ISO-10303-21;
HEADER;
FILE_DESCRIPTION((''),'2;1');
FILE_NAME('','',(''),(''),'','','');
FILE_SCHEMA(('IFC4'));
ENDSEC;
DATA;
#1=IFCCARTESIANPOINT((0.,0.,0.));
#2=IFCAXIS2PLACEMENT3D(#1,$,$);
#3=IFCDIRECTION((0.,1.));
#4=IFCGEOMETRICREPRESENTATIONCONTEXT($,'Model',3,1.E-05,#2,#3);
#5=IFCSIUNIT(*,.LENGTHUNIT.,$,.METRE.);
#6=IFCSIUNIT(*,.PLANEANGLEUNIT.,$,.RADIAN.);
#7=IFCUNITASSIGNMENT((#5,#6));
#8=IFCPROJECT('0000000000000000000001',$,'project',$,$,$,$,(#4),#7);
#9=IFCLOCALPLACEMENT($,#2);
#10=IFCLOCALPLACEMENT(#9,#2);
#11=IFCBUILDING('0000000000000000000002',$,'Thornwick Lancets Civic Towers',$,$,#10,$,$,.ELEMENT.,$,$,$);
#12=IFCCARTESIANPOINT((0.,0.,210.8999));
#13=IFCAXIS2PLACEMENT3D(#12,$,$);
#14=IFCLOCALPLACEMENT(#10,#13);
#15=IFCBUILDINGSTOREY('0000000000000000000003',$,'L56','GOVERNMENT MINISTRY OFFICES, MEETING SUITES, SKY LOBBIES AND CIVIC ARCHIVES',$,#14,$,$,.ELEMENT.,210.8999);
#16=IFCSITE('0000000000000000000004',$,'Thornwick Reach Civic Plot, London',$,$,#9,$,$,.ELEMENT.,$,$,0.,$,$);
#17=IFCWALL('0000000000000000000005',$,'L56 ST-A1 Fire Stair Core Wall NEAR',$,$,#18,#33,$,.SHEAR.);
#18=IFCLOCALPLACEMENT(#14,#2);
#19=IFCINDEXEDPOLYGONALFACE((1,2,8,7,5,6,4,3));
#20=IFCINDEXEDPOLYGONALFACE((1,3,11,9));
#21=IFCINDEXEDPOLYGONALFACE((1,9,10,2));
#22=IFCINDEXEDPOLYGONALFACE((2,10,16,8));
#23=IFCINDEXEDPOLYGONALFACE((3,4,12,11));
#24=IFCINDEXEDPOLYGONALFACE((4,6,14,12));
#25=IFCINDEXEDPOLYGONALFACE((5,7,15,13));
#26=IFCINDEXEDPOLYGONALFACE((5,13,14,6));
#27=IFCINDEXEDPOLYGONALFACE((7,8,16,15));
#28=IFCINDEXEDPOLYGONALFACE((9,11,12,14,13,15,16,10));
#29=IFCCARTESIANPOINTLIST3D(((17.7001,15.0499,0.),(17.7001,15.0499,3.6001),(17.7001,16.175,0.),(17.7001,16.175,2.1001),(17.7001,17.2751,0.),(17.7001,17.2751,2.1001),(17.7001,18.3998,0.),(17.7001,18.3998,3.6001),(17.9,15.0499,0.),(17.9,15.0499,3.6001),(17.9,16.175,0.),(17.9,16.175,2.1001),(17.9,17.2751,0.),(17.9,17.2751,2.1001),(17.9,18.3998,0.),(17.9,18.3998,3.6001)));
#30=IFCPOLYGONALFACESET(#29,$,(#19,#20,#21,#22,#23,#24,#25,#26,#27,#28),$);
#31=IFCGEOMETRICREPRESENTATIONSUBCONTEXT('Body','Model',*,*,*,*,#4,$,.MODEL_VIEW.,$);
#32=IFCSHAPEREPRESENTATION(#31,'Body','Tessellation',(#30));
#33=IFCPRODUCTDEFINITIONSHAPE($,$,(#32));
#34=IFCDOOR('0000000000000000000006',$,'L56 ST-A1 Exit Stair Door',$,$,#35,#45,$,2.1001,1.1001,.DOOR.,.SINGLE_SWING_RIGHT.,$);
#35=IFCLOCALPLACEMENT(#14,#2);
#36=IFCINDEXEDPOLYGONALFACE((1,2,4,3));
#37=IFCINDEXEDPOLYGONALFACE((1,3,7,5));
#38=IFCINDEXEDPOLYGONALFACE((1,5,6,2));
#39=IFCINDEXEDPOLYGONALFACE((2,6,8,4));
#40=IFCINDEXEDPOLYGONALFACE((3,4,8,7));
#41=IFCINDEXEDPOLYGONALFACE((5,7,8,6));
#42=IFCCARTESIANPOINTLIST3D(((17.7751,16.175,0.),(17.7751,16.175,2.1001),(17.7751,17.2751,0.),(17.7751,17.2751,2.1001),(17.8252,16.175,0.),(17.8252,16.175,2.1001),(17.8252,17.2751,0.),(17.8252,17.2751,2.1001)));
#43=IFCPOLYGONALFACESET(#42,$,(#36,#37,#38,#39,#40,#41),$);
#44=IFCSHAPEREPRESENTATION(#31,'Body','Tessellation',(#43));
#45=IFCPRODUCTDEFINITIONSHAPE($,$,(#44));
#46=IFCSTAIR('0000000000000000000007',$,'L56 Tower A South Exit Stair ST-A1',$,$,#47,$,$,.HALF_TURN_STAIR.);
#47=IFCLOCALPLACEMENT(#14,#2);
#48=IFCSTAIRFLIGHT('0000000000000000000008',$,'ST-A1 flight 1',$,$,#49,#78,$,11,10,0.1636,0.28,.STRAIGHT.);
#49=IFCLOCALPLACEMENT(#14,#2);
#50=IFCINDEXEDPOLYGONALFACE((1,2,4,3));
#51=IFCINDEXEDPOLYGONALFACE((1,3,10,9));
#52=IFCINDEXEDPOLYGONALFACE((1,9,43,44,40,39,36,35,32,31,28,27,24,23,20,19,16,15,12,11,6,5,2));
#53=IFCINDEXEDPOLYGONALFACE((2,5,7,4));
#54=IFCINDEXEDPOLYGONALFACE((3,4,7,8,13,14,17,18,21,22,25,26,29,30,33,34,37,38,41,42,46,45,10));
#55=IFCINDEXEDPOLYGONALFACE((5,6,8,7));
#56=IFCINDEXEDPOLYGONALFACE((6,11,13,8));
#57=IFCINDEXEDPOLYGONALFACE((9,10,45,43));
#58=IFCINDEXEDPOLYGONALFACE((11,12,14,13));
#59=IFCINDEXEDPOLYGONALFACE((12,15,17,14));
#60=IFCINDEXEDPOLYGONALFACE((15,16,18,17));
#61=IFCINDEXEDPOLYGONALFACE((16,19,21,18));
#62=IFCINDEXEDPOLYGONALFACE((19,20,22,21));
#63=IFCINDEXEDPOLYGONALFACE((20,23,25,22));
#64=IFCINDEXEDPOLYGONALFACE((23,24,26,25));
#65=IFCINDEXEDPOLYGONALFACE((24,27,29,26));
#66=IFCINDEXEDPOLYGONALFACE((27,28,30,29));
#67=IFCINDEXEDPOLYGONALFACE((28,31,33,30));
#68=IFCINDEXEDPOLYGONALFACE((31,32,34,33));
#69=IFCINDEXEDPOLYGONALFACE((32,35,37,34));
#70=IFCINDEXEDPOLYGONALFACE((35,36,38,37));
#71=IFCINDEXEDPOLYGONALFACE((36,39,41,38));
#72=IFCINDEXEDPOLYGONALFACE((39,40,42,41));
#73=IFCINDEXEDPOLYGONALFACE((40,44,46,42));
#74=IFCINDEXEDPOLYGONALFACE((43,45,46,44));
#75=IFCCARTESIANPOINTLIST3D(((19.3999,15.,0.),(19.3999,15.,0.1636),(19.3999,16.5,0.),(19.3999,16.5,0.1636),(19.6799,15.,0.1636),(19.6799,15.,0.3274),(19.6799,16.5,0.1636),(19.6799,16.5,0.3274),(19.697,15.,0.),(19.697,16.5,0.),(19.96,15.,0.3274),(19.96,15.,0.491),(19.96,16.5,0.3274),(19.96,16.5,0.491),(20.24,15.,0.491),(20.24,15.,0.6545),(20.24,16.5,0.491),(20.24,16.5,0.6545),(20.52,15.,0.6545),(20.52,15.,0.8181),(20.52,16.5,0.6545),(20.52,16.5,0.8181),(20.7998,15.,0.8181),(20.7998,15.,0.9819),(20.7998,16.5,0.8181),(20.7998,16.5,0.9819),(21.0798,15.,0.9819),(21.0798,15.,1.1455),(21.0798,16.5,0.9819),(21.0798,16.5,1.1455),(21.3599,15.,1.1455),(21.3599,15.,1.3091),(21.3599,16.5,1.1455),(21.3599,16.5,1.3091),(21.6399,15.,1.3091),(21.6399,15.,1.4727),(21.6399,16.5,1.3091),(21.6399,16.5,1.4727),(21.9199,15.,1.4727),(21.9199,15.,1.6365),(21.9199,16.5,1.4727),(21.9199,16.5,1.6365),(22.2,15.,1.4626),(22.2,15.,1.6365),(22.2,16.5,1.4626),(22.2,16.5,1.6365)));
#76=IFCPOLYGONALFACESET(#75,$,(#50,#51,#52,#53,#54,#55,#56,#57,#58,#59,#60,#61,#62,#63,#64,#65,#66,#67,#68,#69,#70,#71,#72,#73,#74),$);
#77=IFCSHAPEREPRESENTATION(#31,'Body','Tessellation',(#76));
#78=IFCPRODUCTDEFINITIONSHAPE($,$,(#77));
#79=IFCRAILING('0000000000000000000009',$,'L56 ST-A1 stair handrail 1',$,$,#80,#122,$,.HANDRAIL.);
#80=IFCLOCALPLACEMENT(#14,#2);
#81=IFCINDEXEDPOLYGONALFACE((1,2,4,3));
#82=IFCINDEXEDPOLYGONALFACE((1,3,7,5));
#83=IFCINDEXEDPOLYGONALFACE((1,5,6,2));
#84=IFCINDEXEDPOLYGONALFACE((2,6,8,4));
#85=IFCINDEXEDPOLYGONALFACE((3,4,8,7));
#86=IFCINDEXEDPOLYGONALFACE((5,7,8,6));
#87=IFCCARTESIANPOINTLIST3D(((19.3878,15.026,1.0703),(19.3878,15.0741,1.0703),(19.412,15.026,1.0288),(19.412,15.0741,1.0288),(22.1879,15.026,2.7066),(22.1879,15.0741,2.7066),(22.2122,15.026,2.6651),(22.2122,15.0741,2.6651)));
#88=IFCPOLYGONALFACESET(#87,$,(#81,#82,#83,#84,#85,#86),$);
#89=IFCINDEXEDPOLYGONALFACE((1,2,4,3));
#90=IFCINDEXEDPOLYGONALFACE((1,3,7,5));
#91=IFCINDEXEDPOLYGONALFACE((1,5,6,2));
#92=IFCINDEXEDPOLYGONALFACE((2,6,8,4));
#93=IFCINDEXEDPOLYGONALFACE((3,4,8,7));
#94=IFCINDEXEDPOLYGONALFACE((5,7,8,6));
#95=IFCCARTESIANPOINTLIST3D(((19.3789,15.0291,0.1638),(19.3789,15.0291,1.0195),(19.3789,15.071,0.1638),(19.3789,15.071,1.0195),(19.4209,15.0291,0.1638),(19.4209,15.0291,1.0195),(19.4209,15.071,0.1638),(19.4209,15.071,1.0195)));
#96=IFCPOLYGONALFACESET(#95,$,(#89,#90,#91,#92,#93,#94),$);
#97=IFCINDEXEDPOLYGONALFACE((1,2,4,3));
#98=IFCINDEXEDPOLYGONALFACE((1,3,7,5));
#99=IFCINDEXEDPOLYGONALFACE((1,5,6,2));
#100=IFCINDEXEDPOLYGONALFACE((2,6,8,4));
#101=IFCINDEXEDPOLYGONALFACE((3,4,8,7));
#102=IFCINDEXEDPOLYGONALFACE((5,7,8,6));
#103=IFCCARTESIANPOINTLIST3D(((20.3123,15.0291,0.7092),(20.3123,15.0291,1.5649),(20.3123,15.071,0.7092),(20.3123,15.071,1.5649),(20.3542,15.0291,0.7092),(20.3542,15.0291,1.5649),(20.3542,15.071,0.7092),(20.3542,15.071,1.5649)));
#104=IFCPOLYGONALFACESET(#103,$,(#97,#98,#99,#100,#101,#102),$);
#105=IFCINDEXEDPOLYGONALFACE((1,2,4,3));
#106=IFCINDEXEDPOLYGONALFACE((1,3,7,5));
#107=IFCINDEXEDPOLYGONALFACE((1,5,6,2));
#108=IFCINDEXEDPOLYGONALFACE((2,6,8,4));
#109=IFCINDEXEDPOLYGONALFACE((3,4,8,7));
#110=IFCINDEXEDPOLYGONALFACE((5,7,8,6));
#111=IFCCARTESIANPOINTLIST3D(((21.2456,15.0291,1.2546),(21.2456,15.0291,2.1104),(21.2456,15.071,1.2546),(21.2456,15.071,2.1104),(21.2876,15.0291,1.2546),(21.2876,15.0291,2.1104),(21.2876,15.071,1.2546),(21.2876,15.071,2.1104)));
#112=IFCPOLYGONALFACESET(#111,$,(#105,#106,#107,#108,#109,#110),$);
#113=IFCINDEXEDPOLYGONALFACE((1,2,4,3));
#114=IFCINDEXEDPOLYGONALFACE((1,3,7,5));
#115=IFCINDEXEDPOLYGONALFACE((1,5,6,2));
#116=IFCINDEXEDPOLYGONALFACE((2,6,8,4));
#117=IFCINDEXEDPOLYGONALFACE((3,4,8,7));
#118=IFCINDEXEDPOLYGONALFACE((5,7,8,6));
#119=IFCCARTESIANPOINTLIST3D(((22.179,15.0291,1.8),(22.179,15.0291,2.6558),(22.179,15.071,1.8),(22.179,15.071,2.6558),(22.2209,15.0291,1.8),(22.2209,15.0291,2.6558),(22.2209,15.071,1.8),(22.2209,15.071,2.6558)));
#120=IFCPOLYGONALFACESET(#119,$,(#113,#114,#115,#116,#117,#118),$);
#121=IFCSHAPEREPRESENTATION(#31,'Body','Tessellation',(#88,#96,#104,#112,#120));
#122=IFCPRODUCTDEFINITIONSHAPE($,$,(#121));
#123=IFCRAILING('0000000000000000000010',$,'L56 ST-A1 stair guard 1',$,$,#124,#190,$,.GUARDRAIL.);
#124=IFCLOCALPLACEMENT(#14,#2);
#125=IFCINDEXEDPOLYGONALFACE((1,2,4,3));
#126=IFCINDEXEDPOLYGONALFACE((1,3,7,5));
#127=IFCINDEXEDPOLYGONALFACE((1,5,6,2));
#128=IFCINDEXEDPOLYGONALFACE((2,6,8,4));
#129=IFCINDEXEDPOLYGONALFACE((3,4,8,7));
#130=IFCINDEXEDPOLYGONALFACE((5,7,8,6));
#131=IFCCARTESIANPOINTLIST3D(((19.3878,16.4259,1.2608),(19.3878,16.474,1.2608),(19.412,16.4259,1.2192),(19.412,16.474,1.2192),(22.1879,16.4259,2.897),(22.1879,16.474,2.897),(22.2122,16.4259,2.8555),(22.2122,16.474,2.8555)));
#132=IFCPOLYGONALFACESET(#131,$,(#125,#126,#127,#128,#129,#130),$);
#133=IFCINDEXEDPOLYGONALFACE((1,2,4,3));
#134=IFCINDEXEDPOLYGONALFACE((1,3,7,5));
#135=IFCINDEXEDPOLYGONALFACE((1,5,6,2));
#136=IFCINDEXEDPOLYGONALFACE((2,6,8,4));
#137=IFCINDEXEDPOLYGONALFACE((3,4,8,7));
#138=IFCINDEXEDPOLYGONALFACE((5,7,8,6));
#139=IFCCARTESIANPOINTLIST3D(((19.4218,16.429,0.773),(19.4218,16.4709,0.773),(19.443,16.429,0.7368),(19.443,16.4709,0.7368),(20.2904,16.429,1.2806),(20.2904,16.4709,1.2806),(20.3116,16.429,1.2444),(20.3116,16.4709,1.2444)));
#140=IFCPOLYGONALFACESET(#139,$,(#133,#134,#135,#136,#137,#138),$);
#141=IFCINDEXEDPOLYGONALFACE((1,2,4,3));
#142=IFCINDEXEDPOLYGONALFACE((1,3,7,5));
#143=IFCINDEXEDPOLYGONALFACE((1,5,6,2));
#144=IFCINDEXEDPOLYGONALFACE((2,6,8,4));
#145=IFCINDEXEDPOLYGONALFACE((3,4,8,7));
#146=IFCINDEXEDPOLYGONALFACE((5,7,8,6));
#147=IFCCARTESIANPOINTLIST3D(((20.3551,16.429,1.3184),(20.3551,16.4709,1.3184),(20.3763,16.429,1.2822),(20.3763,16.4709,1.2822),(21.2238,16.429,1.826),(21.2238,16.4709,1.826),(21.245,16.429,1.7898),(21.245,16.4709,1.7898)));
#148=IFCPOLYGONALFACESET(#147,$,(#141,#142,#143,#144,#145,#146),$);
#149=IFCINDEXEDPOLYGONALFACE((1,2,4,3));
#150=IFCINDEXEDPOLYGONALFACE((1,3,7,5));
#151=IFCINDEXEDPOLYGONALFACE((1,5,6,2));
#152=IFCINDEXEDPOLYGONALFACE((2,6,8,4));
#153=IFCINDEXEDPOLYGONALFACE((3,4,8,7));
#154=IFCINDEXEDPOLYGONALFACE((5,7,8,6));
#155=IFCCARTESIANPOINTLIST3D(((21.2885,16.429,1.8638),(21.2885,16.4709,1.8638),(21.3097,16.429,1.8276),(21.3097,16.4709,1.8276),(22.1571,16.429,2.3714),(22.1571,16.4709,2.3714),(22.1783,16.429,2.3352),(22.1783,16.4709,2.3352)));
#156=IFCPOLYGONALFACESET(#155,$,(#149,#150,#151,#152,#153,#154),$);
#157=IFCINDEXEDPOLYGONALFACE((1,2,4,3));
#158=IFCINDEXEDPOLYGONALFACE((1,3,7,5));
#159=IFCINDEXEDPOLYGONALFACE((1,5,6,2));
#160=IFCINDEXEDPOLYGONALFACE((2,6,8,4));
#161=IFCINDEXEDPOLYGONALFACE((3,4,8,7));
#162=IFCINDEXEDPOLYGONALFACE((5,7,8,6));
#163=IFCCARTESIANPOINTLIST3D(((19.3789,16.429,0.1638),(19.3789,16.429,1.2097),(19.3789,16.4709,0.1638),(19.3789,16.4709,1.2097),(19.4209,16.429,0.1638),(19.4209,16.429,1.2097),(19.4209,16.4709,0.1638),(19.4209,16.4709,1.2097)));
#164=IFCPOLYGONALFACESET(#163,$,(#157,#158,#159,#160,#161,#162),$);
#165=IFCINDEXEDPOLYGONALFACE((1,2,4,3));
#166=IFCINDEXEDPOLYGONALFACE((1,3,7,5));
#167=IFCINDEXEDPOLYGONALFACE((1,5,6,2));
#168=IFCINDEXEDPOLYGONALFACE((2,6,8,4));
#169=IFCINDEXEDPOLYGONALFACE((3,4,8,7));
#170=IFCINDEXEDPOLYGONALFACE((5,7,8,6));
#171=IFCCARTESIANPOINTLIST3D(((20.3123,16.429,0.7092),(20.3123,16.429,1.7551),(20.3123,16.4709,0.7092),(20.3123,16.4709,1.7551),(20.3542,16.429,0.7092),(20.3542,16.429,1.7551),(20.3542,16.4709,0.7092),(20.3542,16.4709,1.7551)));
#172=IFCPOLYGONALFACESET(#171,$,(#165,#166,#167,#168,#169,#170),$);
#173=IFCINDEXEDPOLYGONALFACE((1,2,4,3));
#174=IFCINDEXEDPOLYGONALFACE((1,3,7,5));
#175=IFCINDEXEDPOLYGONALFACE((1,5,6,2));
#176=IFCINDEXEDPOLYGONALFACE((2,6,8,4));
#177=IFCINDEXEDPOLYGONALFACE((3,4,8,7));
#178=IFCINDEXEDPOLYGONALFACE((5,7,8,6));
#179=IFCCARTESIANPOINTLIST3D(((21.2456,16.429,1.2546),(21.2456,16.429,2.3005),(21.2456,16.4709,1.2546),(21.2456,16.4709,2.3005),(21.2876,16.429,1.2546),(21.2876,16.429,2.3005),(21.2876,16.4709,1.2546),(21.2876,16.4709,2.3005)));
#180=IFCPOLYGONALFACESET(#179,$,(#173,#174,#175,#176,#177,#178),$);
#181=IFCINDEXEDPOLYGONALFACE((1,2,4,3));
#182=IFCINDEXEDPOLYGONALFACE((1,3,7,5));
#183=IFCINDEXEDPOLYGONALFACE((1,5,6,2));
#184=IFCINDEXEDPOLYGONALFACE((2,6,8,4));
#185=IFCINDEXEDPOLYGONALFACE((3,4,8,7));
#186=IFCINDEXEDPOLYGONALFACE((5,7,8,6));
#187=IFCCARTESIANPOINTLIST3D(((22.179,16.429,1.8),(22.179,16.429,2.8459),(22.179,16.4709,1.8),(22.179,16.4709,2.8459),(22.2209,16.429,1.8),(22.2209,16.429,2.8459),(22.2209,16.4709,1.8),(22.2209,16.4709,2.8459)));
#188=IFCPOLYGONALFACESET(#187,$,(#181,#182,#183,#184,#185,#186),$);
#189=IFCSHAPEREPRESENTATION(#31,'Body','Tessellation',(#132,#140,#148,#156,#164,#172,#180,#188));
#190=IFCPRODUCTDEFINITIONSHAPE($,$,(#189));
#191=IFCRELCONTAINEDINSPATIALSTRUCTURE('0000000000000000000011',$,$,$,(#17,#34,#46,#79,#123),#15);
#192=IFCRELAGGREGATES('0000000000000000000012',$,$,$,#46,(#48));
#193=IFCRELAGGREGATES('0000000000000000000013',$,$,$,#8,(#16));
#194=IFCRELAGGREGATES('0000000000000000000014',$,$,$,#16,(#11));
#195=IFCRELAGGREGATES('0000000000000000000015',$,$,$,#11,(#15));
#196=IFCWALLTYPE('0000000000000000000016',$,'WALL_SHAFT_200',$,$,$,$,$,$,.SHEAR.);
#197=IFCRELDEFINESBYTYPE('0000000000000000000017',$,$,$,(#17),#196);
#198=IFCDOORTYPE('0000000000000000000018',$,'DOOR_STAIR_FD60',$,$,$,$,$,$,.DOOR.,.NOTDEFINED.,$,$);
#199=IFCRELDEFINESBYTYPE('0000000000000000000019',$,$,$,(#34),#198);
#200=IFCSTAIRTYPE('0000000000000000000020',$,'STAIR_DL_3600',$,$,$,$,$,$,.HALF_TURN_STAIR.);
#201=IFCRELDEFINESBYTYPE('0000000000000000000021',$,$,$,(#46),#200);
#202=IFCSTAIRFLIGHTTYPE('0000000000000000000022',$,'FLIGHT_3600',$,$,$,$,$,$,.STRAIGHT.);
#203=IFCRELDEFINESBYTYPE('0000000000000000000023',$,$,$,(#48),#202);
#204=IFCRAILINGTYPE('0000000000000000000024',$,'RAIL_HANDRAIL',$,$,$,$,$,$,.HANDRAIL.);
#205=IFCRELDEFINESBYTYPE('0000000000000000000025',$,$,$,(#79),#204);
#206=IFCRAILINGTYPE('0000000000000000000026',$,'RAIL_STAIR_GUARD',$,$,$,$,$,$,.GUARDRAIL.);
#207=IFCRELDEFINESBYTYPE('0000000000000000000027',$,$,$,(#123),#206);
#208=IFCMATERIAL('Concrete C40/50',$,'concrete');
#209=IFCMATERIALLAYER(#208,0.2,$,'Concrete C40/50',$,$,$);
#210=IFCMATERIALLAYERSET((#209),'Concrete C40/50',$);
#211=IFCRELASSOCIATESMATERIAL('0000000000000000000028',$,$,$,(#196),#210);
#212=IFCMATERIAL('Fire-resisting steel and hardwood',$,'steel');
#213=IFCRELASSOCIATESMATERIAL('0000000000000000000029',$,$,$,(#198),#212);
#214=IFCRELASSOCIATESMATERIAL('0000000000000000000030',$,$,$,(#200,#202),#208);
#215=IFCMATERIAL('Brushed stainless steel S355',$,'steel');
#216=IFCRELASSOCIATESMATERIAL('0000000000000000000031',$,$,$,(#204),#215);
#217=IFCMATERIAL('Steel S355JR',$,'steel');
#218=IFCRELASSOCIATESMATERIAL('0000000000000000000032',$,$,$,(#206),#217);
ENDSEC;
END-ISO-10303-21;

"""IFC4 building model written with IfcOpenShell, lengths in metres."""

from ifc_helpers import new_model, si_unit, direction, frame, frame_2d, origin, origin_2d, place, context, subcontext, project, spatial, polyline, rectangle, outline, extrude, material, layer, layer_set, type_object, element, fill, aggregate, save


model = new_model("IFC4")

# Units and contexts
model_context = context("Model", 3, precision=1e-05, world=origin(), true_north=direction((0.0, 1.0)))
body_context = subcontext(model_context, "Body", "Model", "MODEL_VIEW")
ifc_project = project(units=[si_unit("LENGTHUNIT", "METRE"), si_unit("PLANEANGLEUNIT", "RADIAN")], contexts=[model_context])

# Site, building, storey
site_placement = place(None, origin())
site = spatial("IfcSite", under=ifc_project, at=site_placement, Name="Thornwick Reach Civic Plot, London", CompositionType="ELEMENT", RefElevation=0.0)
building_placement = place(site_placement, origin())
building = spatial("IfcBuilding", under=site, at=building_placement, Name="Thornwick Lancets Civic Towers", CompositionType="ELEMENT")
storey_placement = place(building_placement, frame((0.0, 0.0, 210.8999)))
storey = spatial("IfcBuildingStorey", under=building, at=storey_placement, Name="L56", Description="GOVERNMENT MINISTRY OFFICES, MEETING SUITES, SKY LOBBIES AND CIVIC ARCHIVES", CompositionType="ELEMENT", Elevation=210.8999)

# Shared definitions
ifc_material_1 = material(Name="Steel S355JR", Category="steel")

# Wall, opening, door
ifc_material_2 = material(Name="Concrete C40/50", Category="concrete")
ifc_layer_1 = layer(ifc_material_2, 0.2, Name="Concrete C40/50")
ifc_layer_set_1 = layer_set([ifc_layer_1], Name="Concrete C40/50")
wall_type_1 = type_object("IfcWallType", Name="WALL_SHAFT_200", PredefinedType="SHEAR", material=ifc_layer_set_1)
wall_1_placement = place(storey_placement, frame((17.8, 15.05, 0.0), z_axis=(0.0, 0.0, 1.0), x_axis=(0.0, 1.0, 0.0)))
wall_1 = element("IfcWall", 1, at=wall_1_placement, inside=storey, type_object=wall_type_1, Name="L56 ST-A1 Fire Stair Core Wall NEAR", PredefinedType="SHEAR", context=body_context, shape_type="SweptSolid", body=[
    extrude(rectangle(XDim=3.3499, YDim=0.2, at=frame_2d((1.6748, 0.0))), origin(), (0.0, 0.0, 1.0), 3.6001),
])
opening_1_placement = place(wall_1_placement, frame((1.125, 0.0, 0.0)))
opening_1 = element("IfcOpeningElement", 2, at=opening_1_placement, cuts=wall_1, PredefinedType="OPENING", context=body_context, shape_type="SweptSolid", body=[
    extrude(rectangle(XDim=1.1001, YDim=2.1001, at=frame_2d((0.55, 1.05))), frame((0.0, 0.1099, 0.0), z_axis=(0.0, -1.0, 0.0), x_axis=(1.0, 0.0, 0.0)), (0.0, 0.0, 1.0), 0.22),
])
ifc_material_3 = material(Name="Fire-resisting steel and hardwood", Category="steel")
door_type_1 = type_object("IfcDoorType", Name="DOOR_STAIR_FD60", OperationType="NOTDEFINED", PredefinedType="DOOR", material=ifc_material_3)
door_1_placement = place(opening_1_placement, origin())
door_1 = element("IfcDoor", 3, at=door_1_placement, inside=storey, type_object=door_type_1, Name="L56 ST-A1 Exit Stair Door", OperationType="SINGLE_SWING_RIGHT", OverallHeight=2.1001, OverallWidth=1.1001, PredefinedType="DOOR", context=body_context, shape_type="SweptSolid", body=[
    extrude(rectangle(XDim=1.1001, YDim=2.1001, at=frame_2d((0.55, 1.05))), frame((0.0, 0.0249, 0.0), z_axis=(0.0, -1.0, 0.0), x_axis=(1.0, 0.0, 0.0)), (0.0, 0.0, 1.0), 0.05),
])
fill(opening_1, door_1)

# Stair, stair flight
stair_type = type_object("IfcStairType", Name="STAIR_DL_3600", PredefinedType="HALF_TURN_STAIR", material=ifc_material_2)
stair_placement = place(storey_placement, origin())
stair = element("IfcStair", 4, at=stair_placement, inside=storey, type_object=stair_type, Name="L56 Tower A South Exit Stair ST-A1", PredefinedType="HALF_TURN_STAIR")
stair_flight_type = type_object("IfcStairFlightType", Name="FLIGHT_3600", PredefinedType="STRAIGHT", material=ifc_material_2)
stair_flight_placement = place(storey_placement, frame((19.3999, 15.75, 0.0), z_axis=(0.0, 0.0, 1.0), x_axis=(1.0, 0.0, 0.0)))
stair_flight = element("IfcStairFlight", 5, at=stair_flight_placement, type_object=stair_flight_type, Name="ST-A1 flight 1", NumberOfRisers=11, NumberOfTreads=10, PredefinedType="STRAIGHT", RiserHeight=0.1636, TreadLength=0.28, context=body_context, shape_type="SweptSolid", body=[
    extrude(outline(polyline([(0.0, 0.0), (0.0, 0.1636), (0.28, 0.1636), (0.28, 0.3274), (0.5601, 0.3274), (0.5601, 0.491), (0.8401, 0.491), (0.8401, 0.6545), (1.1201, 0.6545), (1.1201, 0.8181), (1.3999, 0.8181), (1.3999, 0.9819), (1.6799, 0.9819), (1.6799, 1.1455), (1.96, 1.1455), (1.96, 1.3091), (2.24, 1.3091), (2.24, 1.4727), (2.52, 1.4727), (2.52, 1.6365), (2.8, 1.6365), (2.8, 1.8), (2.8, 1.4626), (0.2971, 0.0), (0.0, 0.0)])), frame((0.0, 0.75, 0.0), z_axis=(0.0, -1.0, 0.0), x_axis=(1.0, 0.0, 0.0)), (0.0, 0.0, 1.0), 1.5),
])
aggregate(stair, [stair_flight])

# Railings
ifc_material_4 = material(Name="Brushed stainless steel S355", Category="steel")
railing_type_1 = type_object("IfcRailingType", Name="RAIL_HANDRAIL", PredefinedType="HANDRAIL", material=ifc_material_4)
railing_1_placement = place(storey_placement, frame((19.3999, 15.05, 0.1638)))
element("IfcRailing", 6, at=railing_1_placement, inside=storey, type_object=railing_type_1, Name="L56 ST-A1 stair handrail 1", PredefinedType="HANDRAIL", context=body_context, shape_type="SweptSolid", body=[
    extrude(rectangle(XDim=0.0481, YDim=0.0481, at=origin_2d()), frame((0.0, 0.0, 0.8857), z_axis=(0.863394, 0.0, 0.504531), x_axis=(0.0, 1.0, 0.0)), (0.0, 0.0, 1.0), 3.2432),
    extrude(rectangle(XDim=0.042, YDim=0.042, at=origin_2d()), origin(), (0.0, 0.0, 1.0), 0.8557),
    extrude(rectangle(XDim=0.042, YDim=0.042, at=origin_2d()), frame((0.9333, 0.0, 0.5454)), (0.0, 0.0, 1.0), 0.8557),
    extrude(rectangle(XDim=0.042, YDim=0.042, at=origin_2d()), frame((1.8667, 0.0, 1.0908)), (0.0, 0.0, 1.0), 0.8557),
    extrude(rectangle(XDim=0.042, YDim=0.042, at=origin_2d()), frame((2.8, 0.0, 1.6362)), (0.0, 0.0, 1.0), 0.8557),
])
railing_type_2 = type_object("IfcRailingType", Name="RAIL_STAIR_GUARD", PredefinedType="GUARDRAIL", material=ifc_material_1)
railing_2_placement = place(storey_placement, frame((19.3999, 16.45, 0.1638)))
element("IfcRailing", 7, at=railing_2_placement, inside=storey, type_object=railing_type_2, Name="L56 ST-A1 stair guard 1", PredefinedType="GUARDRAIL", context=body_context, shape_type="SweptSolid", body=[
    extrude(rectangle(XDim=0.0481, YDim=0.0481, at=origin_2d()), frame((0.0, 0.0, 1.0762), z_axis=(0.863394, 0.0, 0.504531), x_axis=(0.0, 1.0, 0.0)), (0.0, 0.0, 1.0), 3.2432),
    extrude(rectangle(XDim=0.042, YDim=0.042, at=origin_2d()), frame((0.0325, 0.0, 0.5911), z_axis=(0.863394, 0.0, 0.504531), x_axis=(0.0, 1.0, 0.0)), (0.0, 0.0, 1.0), 1.0061),
    extrude(rectangle(XDim=0.042, YDim=0.042, at=origin_2d()), frame((0.9658, 0.0, 1.1365), z_axis=(0.863394, 0.0, 0.504531), x_axis=(0.0, 1.0, 0.0)), (0.0, 0.0, 1.0), 1.0061),
    extrude(rectangle(XDim=0.042, YDim=0.042, at=origin_2d()), frame((1.8992, 0.0, 1.6819), z_axis=(0.863394, 0.0, 0.504531), x_axis=(0.0, 1.0, 0.0)), (0.0, 0.0, 1.0), 1.0061),
    extrude(rectangle(XDim=0.042, YDim=0.042, at=origin_2d()), origin(), (0.0, 0.0, 1.0), 1.0459),
    extrude(rectangle(XDim=0.042, YDim=0.042, at=origin_2d()), frame((0.9333, 0.0, 0.5454)), (0.0, 0.0, 1.0), 1.0459),
    extrude(rectangle(XDim=0.042, YDim=0.042, at=origin_2d()), frame((1.8667, 0.0, 1.0908)), (0.0, 0.0, 1.0), 1.0459),
    extrude(rectangle(XDim=0.042, YDim=0.042, at=origin_2d()), frame((2.8, 0.0, 1.6362)), (0.0, 0.0, 1.0), 1.0459),
])

save(model, "model.ifc")
